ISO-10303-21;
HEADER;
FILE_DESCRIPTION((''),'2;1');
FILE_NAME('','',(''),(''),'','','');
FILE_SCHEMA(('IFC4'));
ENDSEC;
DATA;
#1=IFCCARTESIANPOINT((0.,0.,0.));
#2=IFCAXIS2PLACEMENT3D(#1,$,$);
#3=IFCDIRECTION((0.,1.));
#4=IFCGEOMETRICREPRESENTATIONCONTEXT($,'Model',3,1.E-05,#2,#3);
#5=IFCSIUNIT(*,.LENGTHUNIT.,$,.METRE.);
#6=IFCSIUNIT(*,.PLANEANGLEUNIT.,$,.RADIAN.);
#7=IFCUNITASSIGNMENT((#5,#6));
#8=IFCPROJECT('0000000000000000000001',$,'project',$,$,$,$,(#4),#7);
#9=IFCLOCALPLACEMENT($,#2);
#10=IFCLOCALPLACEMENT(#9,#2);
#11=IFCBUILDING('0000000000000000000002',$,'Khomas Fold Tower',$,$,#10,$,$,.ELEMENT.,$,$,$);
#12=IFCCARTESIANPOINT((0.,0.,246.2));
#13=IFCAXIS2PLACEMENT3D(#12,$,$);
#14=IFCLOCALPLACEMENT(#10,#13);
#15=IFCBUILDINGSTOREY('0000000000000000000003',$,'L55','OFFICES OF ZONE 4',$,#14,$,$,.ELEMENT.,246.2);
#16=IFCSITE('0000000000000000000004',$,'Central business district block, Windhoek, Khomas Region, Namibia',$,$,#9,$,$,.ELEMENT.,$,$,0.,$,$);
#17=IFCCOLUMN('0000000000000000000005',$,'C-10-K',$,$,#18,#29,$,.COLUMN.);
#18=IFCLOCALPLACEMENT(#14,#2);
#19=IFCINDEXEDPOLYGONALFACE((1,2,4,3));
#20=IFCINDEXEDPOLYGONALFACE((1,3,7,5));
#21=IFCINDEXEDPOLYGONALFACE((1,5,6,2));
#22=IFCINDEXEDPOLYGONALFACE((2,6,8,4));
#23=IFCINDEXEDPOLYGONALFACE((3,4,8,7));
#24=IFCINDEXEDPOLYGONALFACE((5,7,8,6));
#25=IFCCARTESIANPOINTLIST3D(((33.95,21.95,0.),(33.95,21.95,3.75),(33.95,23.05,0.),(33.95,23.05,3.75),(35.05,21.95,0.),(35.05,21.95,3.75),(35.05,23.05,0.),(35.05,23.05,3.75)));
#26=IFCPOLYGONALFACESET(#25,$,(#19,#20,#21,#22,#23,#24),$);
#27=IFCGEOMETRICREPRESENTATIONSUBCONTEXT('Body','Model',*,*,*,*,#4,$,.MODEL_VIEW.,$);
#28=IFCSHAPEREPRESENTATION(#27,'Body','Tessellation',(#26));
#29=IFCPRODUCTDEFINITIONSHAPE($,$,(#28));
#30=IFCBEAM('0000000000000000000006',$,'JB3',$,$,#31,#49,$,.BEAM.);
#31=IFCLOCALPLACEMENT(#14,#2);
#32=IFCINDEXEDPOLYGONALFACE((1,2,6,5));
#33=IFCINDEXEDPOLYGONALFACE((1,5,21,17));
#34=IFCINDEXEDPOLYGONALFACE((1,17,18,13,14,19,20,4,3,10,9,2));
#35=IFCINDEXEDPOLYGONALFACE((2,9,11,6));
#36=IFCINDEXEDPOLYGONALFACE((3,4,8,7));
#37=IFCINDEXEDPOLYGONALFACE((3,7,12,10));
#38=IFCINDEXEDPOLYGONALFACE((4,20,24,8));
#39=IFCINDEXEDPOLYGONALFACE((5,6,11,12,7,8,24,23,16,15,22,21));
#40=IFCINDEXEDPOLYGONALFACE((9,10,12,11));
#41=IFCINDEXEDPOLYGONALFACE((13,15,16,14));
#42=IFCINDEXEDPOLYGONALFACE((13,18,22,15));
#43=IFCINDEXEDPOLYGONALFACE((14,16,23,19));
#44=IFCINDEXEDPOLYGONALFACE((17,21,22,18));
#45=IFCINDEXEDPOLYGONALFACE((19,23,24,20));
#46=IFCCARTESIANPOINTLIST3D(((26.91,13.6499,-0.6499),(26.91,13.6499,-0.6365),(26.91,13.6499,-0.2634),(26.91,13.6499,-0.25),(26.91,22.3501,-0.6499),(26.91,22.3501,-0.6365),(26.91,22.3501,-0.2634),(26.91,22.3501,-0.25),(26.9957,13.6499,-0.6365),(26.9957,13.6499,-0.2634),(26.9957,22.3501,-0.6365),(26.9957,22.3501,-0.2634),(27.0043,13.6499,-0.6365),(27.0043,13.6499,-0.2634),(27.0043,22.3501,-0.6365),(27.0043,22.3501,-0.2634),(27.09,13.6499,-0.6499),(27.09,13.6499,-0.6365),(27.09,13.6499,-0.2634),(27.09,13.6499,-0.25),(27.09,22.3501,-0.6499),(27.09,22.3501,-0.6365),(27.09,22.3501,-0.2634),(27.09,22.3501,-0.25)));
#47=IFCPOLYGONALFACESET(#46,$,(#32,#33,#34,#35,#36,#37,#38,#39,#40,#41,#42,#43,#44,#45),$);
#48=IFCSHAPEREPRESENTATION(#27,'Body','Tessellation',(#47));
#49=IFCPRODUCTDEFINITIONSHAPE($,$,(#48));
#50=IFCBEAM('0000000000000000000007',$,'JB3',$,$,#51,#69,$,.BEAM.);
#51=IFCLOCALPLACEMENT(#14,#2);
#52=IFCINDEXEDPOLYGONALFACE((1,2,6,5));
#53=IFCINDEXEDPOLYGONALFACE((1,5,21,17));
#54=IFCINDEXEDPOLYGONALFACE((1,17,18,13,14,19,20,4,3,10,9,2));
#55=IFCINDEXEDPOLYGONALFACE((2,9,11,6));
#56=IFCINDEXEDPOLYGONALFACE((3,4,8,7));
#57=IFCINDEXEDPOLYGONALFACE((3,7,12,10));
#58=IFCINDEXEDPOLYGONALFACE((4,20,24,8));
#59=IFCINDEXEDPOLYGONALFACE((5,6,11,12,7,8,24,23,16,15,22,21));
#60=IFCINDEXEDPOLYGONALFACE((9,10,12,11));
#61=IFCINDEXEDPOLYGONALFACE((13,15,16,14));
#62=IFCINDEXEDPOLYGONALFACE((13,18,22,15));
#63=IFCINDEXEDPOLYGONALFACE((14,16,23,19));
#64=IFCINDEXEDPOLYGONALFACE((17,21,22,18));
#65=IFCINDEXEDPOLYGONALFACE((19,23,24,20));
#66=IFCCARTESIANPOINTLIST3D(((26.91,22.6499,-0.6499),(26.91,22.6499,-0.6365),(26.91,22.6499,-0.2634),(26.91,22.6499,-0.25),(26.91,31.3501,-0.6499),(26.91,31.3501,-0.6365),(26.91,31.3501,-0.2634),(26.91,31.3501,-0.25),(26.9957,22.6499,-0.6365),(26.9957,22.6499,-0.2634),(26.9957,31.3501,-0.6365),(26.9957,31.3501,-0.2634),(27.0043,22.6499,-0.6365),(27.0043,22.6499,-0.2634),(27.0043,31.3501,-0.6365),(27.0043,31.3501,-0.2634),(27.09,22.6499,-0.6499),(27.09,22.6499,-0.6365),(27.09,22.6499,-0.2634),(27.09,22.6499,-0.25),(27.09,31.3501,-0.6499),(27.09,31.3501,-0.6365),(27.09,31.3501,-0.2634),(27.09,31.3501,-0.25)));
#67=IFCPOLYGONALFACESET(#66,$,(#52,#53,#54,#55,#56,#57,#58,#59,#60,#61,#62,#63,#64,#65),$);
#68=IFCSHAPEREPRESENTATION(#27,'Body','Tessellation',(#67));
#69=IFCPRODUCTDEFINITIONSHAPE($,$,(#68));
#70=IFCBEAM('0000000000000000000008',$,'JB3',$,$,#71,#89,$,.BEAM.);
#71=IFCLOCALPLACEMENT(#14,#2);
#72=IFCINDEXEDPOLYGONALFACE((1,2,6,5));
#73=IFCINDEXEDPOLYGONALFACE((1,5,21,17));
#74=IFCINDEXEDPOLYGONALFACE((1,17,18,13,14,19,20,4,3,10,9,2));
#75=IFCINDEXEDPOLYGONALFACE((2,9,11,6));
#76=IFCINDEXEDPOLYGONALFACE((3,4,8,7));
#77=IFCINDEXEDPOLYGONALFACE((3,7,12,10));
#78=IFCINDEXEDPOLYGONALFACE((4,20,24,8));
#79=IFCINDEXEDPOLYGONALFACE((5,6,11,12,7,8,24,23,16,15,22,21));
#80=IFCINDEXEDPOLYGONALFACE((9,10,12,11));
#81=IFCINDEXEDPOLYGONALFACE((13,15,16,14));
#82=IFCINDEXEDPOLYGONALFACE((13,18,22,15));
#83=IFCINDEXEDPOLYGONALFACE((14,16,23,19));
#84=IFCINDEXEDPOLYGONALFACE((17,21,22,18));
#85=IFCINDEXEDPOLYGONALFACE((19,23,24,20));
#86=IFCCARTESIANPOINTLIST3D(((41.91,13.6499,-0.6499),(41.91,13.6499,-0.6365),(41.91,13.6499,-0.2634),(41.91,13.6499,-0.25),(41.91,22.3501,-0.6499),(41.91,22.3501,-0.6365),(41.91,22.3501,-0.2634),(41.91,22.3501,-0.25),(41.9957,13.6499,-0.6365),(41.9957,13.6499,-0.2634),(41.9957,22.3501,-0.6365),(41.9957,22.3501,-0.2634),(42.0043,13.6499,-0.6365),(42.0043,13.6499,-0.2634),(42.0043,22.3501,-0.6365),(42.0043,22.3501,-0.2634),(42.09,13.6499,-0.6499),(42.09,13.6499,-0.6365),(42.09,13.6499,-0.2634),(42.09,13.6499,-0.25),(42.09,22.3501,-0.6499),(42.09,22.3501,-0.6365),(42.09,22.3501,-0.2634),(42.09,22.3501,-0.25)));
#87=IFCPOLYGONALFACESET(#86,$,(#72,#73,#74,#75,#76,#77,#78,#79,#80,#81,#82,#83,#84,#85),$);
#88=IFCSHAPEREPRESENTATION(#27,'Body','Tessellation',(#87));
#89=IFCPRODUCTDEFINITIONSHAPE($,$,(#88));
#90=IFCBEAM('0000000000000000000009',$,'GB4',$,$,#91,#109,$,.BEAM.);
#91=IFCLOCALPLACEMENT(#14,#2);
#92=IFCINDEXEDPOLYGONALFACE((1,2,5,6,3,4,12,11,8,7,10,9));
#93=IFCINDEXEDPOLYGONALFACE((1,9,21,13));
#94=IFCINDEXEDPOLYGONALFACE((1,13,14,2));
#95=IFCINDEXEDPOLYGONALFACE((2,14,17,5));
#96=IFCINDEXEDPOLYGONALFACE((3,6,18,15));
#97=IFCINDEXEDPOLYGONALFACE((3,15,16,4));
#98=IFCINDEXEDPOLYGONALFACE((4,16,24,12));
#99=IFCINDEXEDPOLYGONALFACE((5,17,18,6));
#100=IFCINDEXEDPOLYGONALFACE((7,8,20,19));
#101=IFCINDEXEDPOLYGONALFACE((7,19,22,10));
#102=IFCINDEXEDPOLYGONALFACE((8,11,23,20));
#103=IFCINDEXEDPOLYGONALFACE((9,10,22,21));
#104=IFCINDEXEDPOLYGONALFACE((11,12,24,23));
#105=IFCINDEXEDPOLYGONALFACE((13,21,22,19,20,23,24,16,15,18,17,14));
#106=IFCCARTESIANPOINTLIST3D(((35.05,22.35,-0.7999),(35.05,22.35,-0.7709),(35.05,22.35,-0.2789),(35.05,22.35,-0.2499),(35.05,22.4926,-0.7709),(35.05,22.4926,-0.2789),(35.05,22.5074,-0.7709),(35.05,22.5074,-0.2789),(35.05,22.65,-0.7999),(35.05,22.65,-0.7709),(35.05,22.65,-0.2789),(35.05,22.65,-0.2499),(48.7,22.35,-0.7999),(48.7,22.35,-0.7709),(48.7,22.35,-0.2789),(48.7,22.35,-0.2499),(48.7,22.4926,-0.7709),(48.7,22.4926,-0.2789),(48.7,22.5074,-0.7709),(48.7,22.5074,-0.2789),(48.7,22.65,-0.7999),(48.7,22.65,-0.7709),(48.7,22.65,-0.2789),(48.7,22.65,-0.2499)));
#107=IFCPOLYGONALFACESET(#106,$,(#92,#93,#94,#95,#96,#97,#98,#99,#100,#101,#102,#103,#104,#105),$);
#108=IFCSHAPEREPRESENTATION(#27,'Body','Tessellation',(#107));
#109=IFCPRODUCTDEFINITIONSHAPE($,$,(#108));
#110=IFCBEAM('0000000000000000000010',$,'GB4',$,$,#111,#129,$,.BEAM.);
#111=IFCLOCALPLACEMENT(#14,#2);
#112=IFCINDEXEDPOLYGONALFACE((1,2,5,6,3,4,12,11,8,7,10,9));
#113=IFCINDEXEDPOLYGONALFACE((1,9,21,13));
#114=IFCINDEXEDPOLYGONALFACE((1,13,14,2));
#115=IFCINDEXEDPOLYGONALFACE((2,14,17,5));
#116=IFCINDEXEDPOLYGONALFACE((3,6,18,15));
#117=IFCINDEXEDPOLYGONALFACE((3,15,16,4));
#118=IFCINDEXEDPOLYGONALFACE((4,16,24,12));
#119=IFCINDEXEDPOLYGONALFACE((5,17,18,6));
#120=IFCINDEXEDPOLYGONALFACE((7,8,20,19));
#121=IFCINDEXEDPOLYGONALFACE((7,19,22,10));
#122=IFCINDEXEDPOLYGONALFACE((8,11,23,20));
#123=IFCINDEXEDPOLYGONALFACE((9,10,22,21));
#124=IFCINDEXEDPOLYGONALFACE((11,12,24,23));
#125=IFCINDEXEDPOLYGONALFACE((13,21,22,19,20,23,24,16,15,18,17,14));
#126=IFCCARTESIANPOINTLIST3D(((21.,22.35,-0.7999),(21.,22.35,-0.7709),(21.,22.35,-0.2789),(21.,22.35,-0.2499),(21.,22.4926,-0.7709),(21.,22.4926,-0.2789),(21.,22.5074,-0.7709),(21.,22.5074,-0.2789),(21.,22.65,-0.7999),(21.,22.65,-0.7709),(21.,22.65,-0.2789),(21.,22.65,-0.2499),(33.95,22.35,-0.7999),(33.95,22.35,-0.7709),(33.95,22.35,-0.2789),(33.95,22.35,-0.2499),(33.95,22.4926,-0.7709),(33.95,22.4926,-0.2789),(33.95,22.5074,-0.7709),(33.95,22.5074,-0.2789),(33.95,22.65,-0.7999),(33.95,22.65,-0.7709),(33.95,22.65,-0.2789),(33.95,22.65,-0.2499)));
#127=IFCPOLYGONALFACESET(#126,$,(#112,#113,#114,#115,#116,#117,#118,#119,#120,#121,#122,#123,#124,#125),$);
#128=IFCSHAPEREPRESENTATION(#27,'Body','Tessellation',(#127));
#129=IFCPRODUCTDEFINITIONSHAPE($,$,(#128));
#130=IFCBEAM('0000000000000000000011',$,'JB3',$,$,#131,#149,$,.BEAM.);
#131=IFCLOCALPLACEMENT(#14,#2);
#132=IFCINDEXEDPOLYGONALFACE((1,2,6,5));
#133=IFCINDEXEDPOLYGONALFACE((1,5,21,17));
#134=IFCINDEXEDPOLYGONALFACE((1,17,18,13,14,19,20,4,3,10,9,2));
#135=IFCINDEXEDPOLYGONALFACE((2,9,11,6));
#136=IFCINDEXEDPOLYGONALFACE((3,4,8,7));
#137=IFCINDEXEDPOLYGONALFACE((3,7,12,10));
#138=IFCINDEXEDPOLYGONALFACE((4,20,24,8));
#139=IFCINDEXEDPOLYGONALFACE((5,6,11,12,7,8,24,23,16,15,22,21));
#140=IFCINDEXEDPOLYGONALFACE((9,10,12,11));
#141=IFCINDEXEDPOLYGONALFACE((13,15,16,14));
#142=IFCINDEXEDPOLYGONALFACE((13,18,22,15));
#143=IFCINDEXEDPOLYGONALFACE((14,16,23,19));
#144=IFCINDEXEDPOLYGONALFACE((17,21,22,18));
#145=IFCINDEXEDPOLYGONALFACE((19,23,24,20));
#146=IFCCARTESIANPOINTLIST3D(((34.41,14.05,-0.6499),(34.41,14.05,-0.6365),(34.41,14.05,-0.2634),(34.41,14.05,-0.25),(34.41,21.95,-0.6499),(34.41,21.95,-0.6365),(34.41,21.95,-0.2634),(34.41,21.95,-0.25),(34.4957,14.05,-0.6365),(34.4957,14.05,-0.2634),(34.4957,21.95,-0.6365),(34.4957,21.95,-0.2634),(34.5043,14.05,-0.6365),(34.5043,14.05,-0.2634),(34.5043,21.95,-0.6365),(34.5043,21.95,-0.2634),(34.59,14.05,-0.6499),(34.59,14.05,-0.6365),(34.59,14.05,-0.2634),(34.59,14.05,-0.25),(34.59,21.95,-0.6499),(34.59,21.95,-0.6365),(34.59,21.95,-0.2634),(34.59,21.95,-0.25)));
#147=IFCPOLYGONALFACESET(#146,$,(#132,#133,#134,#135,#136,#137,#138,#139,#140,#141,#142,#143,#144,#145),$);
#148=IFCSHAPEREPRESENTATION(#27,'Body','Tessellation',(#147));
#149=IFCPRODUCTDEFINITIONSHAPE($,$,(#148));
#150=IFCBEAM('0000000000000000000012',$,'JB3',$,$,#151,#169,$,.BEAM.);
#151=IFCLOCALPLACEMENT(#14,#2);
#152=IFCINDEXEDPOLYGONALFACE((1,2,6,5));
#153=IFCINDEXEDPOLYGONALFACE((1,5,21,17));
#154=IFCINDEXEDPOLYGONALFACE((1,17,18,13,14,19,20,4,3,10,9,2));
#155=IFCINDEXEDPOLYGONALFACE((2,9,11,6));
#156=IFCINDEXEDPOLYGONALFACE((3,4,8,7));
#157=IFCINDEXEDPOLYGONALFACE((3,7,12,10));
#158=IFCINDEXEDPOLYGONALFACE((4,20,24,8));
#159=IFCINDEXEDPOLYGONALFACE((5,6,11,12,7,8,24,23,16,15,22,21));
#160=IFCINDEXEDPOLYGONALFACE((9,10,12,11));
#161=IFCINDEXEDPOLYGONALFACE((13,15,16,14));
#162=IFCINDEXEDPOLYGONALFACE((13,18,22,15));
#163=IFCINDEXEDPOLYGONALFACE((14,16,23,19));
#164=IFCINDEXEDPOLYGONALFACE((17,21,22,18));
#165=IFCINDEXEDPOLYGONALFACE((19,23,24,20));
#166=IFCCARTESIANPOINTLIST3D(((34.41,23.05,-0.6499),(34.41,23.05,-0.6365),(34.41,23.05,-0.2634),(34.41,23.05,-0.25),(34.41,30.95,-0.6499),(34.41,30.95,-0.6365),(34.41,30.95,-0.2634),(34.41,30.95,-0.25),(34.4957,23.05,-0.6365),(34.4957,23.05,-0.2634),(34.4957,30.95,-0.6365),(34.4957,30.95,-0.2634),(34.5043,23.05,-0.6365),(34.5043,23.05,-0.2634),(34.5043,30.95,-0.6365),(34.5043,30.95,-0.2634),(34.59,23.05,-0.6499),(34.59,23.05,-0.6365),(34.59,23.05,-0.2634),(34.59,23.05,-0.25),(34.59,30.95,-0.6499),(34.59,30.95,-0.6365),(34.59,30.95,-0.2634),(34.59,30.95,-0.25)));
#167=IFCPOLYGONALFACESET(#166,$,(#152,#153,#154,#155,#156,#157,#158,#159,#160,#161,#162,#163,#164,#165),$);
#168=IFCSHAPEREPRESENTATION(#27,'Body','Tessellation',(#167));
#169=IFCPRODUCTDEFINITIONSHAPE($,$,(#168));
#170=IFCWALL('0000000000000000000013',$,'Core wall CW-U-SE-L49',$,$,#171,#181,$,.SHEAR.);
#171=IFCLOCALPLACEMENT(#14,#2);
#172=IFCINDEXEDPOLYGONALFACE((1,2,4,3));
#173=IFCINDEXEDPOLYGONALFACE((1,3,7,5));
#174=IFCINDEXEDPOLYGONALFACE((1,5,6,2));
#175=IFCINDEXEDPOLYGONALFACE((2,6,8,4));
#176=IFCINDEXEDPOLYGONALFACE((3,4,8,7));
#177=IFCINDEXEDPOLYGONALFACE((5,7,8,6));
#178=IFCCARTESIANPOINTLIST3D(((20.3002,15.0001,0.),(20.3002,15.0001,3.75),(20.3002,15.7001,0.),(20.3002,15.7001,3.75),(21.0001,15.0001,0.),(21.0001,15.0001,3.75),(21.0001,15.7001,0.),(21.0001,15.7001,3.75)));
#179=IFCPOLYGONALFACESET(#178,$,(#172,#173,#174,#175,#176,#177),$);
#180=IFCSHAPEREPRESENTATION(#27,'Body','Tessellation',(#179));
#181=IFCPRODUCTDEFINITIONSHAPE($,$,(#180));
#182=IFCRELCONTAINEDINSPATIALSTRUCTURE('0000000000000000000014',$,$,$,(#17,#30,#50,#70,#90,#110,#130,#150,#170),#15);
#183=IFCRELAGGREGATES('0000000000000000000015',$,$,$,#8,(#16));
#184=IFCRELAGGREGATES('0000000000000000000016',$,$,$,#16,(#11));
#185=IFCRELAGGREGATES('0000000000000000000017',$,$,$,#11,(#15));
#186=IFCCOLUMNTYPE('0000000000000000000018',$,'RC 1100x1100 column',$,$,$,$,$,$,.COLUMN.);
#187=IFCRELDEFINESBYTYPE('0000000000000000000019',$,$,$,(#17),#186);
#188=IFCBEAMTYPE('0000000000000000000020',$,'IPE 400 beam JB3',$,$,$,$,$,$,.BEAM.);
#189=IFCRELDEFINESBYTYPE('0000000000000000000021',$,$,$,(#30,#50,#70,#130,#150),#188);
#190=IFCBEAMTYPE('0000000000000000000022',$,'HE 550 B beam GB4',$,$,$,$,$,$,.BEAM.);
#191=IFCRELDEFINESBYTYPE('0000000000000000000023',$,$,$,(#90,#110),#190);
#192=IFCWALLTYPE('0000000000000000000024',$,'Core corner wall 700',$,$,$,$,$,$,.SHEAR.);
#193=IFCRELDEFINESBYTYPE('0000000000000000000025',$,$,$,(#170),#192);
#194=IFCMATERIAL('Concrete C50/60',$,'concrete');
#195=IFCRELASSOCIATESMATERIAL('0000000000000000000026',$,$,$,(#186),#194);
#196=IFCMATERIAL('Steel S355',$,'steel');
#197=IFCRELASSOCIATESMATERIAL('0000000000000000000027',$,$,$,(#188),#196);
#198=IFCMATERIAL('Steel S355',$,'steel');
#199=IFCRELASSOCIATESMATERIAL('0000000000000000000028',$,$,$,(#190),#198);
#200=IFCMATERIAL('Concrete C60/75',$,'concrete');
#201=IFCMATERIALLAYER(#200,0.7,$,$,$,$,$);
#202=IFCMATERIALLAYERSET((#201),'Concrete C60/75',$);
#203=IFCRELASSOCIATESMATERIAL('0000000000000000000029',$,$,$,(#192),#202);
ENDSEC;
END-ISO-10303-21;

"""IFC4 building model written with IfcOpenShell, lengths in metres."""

from ifc_helpers import new_model, si_unit, direction, frame, frame_2d, origin, origin_2d, place, context, subcontext, project, spatial, rectangle, i_section, extrude, source, transform, mapped, material, layer, layer_set, material_profile, profile_set, type_object, element, save


model = new_model("IFC4")

# Units and contexts
model_context = context("Model", 3, precision=1e-05, world=origin(), true_north=direction((0.0, 1.0)))
body_context = subcontext(model_context, "Body", "Model", "MODEL_VIEW")
ifc_project = project(units=[si_unit("LENGTHUNIT", "METRE"), si_unit("PLANEANGLEUNIT", "RADIAN")], contexts=[model_context])

# Site, building, storey
site_placement = place(None, origin())
site = spatial("IfcSite", under=ifc_project, at=site_placement, Name="Central business district block, Windhoek, Khomas Region, Namibia", CompositionType="ELEMENT", RefElevation=0.0)
building_placement = place(site_placement, origin())
building = spatial("IfcBuilding", under=site, at=building_placement, Name="Khomas Fold Tower", CompositionType="ELEMENT")
storey_placement = place(building_placement, frame((0.0, 0.0, 246.2)))
storey = spatial("IfcBuildingStorey", under=building, at=storey_placement, Name="L55", Description="OFFICES OF ZONE 4", CompositionType="ELEMENT", Elevation=246.2)

# Column
ifc_material_1 = material(Name="Concrete C50/60", Category="concrete")
ifc_material_profile_1 = material_profile(ifc_material_1, rectangle(XDim=1.1001, YDim=1.1001, at=origin_2d()), Name="RC 1100x1100")
ifc_profile_set_1 = profile_set([ifc_material_profile_1], Name="Concrete C50/60")
column_type = type_object("IfcColumnType", Name="RC 1100x1100 column", PredefinedType="COLUMN", material=ifc_profile_set_1)
shared_shape_1 = source(origin(), body_context, "Body", "SweptSolid", [
    extrude(rectangle(XDim=1.1001, YDim=1.1001, at=origin_2d()), origin(), (0.0, 0.0, 1.0), 3.75),
])
column_placement = place(storey_placement, frame((34.5, 22.5, 0.0), z_axis=(0.0, 0.0, 1.0), x_axis=(1.0, 0.0, 0.0)))
element("IfcColumn", 1, at=column_placement, inside=storey, type_object=column_type, Name="C-10-K", PredefinedType="COLUMN", context=body_context, shape_type="MappedRepresentation", body=[
    mapped(shared_shape_1, transform((0.0, 0.0, 0.0))),
])

# Beams
ifc_material_2 = material(Name="Steel S355", Category="steel")
ifc_material_profile_2 = material_profile(ifc_material_2, i_section(OverallWidth=0.1799, OverallDepth=0.3999, WebThickness=0.0085, FlangeThickness=0.0134, at=origin_2d()), Name="IPE 400")
ifc_profile_set_2 = profile_set([ifc_material_profile_2], Name="Steel S355")
beam_type_1 = type_object("IfcBeamType", Name="IPE 400 beam JB3", PredefinedType="BEAM", material=ifc_profile_set_2)
shared_shape_2 = source(origin(), body_context, "Body", "SweptSolid", [
    extrude(i_section(OverallWidth=0.1799, OverallDepth=0.3999, WebThickness=0.0085, FlangeThickness=0.0134, at=origin_2d()), origin(), (0.0, 0.0, 1.0), 8.7002),
])
for number, where, z_axis, x_axis, name in (
    (2, (27.0, 13.6499, -0.45), (0.0, 1.0, 0.0), (-1.0, 0.0, 0.0), "JB3"),
    (3, (27.0, 22.6499, -0.45), (0.0, 1.0, 0.0), (-1.0, 0.0, 0.0), "JB3"),
    (4, (42.0, 13.6499, -0.45), (0.0, 1.0, 0.0), (-1.0, 0.0, 0.0), "JB3"),
):
    element("IfcBeam", number, at=place(storey_placement, frame(where, z_axis=z_axis, x_axis=x_axis)), inside=storey, type_object=beam_type_1, Name=name, PredefinedType="BEAM", context=body_context, shape_type="MappedRepresentation", body=[
        mapped(shared_shape_2, transform((0.0, 0.0, 0.0))),
    ])
ifc_material_3 = material(Name="Steel S355", Category="steel")
ifc_material_profile_3 = material_profile(ifc_material_3, i_section(OverallWidth=0.3, OverallDepth=0.55, WebThickness=0.0149, FlangeThickness=0.0291, at=origin_2d()), Name="HE 550 B")
ifc_profile_set_3 = profile_set([ifc_material_profile_3], Name="Steel S355")
beam_type_2 = type_object("IfcBeamType", Name="HE 550 B beam GB4", PredefinedType="BEAM", material=ifc_profile_set_3)
shared_shape_3 = source(origin(), body_context, "Body", "SweptSolid", [
    extrude(i_section(OverallWidth=0.3, OverallDepth=0.55, WebThickness=0.0149, FlangeThickness=0.0291, at=origin_2d()), origin(), (0.0, 0.0, 1.0), 13.6499),
])
beam_1_placement = place(storey_placement, frame((35.05, 22.5, -0.5249), z_axis=(1.0, 0.0, 0.0), x_axis=(0.0, 1.0, 0.0)))
element("IfcBeam", 5, at=beam_1_placement, inside=storey, type_object=beam_type_2, Name="GB4", PredefinedType="BEAM", context=body_context, shape_type="MappedRepresentation", body=[
    mapped(shared_shape_3, transform((0.0, 0.0, 0.0))),
])
shared_shape_4 = source(origin(), body_context, "Body", "SweptSolid", [
    extrude(i_section(OverallWidth=0.3, OverallDepth=0.55, WebThickness=0.0149, FlangeThickness=0.0291, at=origin_2d()), origin(), (0.0, 0.0, 1.0), 12.95),
])
beam_2_placement = place(storey_placement, frame((21.0, 22.5, -0.5249), z_axis=(1.0, 0.0, 0.0), x_axis=(0.0, 1.0, 0.0)))
element("IfcBeam", 6, at=beam_2_placement, inside=storey, type_object=beam_type_2, Name="GB4", PredefinedType="BEAM", context=body_context, shape_type="MappedRepresentation", body=[
    mapped(shared_shape_4, transform((0.0, 0.0, 0.0))),
])
shared_shape_5 = source(origin(), body_context, "Body", "SweptSolid", [
    extrude(i_section(OverallWidth=0.1799, OverallDepth=0.3999, WebThickness=0.0085, FlangeThickness=0.0134, at=origin_2d()), origin(), (0.0, 0.0, 1.0), 7.8999),
])
for number, where, z_axis, x_axis, name in (
    (7, (34.5, 14.05, -0.45), (0.0, 1.0, 0.0), (-1.0, 0.0, 0.0), "JB3"),
    (8, (34.5, 23.05, -0.45), (0.0, 1.0, 0.0), (-1.0, 0.0, 0.0), "JB3"),
):
    element("IfcBeam", number, at=place(storey_placement, frame(where, z_axis=z_axis, x_axis=x_axis)), inside=storey, type_object=beam_type_1, Name=name, PredefinedType="BEAM", context=body_context, shape_type="MappedRepresentation", body=[
        mapped(shared_shape_5, transform((0.0, 0.0, 0.0))),
    ])

# Wall
ifc_material_4 = material(Name="Concrete C60/75", Category="concrete")
ifc_layer_1 = layer(ifc_material_4, 0.7)
ifc_layer_set_1 = layer_set([ifc_layer_1], Name="Concrete C60/75")
wall_type_1 = type_object("IfcWallType", Name="Core corner wall 700", PredefinedType="SHEAR", material=ifc_layer_set_1)
shared_shape_6 = source(origin(), body_context, "Body", "SweptSolid", [
    extrude(rectangle(XDim=0.7, YDim=0.7, at=frame_2d((0.3501, 0.0))), origin(), (0.0, 0.0, 1.0), 3.75),
])
wall_1_placement = place(storey_placement, frame((20.3, 15.3501, 0.0), z_axis=(0.0, 0.0, 1.0), x_axis=(1.0, 0.0, 0.0)))
element("IfcWall", 9, at=wall_1_placement, inside=storey, type_object=wall_type_1, Name="Core wall CW-U-SE-L49", PredefinedType="SHEAR", context=body_context, shape_type="MappedRepresentation", body=[
    mapped(shared_shape_6, transform((0.0, 0.0, 0.0))),
])

save(model, "model.ifc")
